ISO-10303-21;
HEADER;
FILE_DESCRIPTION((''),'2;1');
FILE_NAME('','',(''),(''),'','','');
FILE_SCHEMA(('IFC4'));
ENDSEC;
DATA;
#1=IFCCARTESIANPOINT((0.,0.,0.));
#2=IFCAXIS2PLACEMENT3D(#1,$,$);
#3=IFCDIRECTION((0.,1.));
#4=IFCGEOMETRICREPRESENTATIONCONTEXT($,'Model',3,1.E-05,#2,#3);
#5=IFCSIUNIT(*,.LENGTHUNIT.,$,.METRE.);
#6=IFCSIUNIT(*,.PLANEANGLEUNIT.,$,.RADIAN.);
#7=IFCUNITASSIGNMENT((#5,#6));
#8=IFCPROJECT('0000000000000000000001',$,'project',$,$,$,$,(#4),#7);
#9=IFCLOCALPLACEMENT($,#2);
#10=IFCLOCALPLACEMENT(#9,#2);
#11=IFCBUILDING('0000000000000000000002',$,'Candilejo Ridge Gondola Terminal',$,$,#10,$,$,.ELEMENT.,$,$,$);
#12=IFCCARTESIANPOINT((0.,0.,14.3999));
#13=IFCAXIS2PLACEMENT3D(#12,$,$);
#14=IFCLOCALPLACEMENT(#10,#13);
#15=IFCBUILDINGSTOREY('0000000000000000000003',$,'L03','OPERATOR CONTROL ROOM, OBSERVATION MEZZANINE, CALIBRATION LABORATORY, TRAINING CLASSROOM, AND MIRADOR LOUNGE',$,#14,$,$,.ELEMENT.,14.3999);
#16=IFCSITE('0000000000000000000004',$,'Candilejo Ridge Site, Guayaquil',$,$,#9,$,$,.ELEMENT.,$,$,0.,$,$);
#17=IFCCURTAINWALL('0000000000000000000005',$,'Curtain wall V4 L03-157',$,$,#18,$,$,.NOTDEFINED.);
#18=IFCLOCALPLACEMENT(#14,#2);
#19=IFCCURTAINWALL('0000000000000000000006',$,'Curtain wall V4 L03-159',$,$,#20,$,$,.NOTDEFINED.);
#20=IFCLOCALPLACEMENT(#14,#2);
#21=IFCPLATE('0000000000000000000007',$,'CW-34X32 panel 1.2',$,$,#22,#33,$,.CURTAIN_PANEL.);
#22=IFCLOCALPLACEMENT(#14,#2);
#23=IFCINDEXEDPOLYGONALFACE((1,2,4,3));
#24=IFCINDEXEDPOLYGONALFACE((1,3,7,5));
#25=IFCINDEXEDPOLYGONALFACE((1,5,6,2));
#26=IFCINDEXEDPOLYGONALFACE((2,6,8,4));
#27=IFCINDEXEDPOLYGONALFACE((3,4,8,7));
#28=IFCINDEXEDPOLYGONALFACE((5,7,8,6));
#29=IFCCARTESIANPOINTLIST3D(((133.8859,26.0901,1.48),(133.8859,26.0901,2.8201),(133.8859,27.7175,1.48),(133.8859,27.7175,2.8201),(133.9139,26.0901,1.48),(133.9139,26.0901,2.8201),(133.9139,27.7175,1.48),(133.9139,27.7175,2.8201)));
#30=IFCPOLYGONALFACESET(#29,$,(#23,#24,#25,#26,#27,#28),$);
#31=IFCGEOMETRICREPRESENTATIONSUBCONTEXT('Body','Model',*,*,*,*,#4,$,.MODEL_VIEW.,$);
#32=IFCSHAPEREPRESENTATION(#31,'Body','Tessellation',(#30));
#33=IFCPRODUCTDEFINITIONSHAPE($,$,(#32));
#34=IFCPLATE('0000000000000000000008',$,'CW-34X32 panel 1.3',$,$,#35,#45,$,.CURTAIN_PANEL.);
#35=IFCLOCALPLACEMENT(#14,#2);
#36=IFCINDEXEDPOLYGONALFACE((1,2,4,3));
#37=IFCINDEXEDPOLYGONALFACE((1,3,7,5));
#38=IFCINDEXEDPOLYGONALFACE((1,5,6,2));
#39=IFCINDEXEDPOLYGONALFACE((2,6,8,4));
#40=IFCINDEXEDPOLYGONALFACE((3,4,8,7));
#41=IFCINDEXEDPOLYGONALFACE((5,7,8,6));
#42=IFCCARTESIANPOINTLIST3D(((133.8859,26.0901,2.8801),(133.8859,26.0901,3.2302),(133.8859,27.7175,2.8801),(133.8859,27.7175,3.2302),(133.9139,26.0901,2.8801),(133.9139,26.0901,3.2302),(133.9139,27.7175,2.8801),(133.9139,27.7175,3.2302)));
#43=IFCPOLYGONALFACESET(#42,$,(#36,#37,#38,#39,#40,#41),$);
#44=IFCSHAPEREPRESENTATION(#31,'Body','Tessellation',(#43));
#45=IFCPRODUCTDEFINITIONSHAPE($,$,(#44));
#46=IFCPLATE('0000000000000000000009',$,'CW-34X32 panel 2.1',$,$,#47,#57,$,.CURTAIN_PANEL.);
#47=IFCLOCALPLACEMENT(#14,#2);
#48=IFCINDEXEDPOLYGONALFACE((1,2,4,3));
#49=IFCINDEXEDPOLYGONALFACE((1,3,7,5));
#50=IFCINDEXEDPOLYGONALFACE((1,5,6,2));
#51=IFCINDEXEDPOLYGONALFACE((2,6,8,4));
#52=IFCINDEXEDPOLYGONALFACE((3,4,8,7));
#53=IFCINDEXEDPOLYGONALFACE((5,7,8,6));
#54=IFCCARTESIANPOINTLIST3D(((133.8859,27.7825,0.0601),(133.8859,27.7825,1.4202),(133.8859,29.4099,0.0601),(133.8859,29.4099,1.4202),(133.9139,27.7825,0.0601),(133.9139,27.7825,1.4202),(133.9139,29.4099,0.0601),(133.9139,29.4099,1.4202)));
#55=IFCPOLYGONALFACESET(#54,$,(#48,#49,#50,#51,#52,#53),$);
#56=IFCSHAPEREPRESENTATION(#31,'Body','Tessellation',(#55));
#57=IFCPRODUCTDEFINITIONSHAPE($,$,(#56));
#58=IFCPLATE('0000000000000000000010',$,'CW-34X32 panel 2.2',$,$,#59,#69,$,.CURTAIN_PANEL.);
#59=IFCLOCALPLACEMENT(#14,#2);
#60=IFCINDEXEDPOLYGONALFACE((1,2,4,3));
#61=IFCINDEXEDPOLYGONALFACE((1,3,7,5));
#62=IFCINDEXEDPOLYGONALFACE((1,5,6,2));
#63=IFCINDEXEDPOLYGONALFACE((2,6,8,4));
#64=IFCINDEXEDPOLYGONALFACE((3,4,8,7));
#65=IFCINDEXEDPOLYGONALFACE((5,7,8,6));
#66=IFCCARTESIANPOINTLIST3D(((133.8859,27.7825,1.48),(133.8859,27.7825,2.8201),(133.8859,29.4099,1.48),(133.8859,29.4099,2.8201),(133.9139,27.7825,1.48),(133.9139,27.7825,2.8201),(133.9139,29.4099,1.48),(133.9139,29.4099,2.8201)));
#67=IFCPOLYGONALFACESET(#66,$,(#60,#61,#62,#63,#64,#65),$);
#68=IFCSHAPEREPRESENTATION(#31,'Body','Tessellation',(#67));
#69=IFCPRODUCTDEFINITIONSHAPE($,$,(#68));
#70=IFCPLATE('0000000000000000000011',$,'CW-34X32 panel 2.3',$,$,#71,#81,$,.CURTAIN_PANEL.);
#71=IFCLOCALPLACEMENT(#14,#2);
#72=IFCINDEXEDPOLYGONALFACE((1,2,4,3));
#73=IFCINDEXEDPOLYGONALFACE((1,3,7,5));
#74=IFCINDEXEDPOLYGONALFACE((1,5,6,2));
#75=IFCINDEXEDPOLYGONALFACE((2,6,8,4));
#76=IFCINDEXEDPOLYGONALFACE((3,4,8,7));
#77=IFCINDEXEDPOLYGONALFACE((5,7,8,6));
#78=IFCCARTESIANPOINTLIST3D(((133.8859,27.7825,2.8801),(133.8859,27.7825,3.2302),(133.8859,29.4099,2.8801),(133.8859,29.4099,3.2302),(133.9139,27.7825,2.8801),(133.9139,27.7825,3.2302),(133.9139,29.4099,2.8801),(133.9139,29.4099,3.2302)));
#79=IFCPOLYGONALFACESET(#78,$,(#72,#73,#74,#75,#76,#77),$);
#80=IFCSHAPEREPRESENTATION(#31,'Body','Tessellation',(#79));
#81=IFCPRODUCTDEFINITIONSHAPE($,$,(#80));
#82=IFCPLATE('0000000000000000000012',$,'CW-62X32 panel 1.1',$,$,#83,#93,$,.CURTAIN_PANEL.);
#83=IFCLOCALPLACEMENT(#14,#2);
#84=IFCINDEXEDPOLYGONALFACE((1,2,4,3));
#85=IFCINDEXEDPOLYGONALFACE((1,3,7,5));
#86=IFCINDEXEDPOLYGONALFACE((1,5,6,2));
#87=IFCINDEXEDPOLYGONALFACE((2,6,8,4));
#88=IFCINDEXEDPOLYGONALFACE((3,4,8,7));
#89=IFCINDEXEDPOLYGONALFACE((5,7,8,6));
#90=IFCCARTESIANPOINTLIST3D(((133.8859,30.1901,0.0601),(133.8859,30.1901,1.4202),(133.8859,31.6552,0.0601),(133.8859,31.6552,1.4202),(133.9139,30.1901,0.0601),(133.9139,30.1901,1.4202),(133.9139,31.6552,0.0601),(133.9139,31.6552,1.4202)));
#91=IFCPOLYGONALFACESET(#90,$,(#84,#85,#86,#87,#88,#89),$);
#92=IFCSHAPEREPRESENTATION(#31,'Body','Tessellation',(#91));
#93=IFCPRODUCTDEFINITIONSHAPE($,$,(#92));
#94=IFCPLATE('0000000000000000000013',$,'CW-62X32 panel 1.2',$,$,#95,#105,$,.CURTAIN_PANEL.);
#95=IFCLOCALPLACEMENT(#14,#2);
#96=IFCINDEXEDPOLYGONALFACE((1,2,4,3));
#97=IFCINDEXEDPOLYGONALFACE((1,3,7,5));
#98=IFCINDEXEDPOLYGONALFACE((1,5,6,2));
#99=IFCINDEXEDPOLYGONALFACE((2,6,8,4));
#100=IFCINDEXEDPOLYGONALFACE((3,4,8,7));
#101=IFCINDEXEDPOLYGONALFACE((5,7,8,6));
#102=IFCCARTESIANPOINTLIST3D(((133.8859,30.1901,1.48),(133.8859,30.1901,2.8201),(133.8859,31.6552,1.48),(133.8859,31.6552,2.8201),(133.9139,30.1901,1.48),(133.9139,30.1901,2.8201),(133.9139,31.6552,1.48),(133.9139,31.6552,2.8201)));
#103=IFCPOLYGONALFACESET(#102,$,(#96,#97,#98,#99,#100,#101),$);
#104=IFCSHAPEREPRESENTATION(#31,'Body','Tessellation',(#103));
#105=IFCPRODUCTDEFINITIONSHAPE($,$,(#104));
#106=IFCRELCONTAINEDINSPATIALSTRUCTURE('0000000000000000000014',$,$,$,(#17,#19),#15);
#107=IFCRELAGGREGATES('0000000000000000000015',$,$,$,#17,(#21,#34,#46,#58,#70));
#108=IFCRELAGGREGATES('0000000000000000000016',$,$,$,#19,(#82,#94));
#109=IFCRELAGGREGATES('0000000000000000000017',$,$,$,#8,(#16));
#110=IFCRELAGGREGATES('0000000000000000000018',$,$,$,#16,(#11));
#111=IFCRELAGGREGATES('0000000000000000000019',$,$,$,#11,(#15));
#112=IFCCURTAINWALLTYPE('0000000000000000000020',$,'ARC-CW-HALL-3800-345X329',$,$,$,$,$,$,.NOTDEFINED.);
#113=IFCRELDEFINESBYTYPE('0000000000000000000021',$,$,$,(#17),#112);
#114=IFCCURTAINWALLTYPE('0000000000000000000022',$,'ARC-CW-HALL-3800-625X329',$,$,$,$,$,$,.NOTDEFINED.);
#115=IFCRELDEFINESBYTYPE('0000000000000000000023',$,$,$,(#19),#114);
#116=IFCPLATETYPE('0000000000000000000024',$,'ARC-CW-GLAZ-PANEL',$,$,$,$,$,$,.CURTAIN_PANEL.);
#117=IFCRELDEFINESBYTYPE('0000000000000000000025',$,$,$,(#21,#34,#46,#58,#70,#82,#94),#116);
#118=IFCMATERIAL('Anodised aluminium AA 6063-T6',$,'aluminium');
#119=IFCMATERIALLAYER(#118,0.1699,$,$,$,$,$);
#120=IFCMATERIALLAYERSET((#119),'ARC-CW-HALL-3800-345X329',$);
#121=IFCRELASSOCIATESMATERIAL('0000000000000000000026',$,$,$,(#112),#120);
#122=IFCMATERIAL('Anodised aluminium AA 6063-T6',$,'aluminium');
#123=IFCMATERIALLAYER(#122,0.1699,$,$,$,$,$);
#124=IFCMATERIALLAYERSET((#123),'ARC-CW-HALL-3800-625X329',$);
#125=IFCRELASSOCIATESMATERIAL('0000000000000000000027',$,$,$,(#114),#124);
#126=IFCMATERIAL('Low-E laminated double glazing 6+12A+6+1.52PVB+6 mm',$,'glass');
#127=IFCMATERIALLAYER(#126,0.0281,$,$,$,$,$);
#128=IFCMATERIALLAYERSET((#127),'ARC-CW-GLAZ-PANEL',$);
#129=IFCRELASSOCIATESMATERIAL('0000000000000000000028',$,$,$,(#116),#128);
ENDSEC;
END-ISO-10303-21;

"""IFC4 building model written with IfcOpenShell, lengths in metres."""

from ifc_helpers import new_model, si_unit, direction, frame, origin, origin_2d, place, context, subcontext, project, spatial, rectangle, extrude, material, layer, layer_set, type_object, element, aggregate, save


model = new_model("IFC4")

# Units and contexts
model_context = context("Model", 3, precision=1e-05, world=origin(), true_north=direction((0.0, 1.0)))
body_context = subcontext(model_context, "Body", "Model", "MODEL_VIEW")
ifc_project = project(units=[si_unit("LENGTHUNIT", "METRE"), si_unit("PLANEANGLEUNIT", "RADIAN")], contexts=[model_context])

# Site, building, storey
site_placement = place(None, origin())
site = spatial("IfcSite", under=ifc_project, at=site_placement, Name="Candilejo Ridge Site, Guayaquil", CompositionType="ELEMENT", RefElevation=0.0)
building_placement = place(site_placement, origin())
building = spatial("IfcBuilding", under=site, at=building_placement, Name="Candilejo Ridge Gondola Terminal", CompositionType="ELEMENT")
storey_placement = place(building_placement, frame((0.0, 0.0, 14.3999)))
storey = spatial("IfcBuildingStorey", under=building, at=storey_placement, Name="L03", Description="OPERATOR CONTROL ROOM, OBSERVATION MEZZANINE, CALIBRATION LABORATORY, TRAINING CLASSROOM, AND MIRADOR LOUNGE", CompositionType="ELEMENT", Elevation=14.3999)

# Curtain wall
ifc_material_1 = material(Name="Anodised aluminium AA 6063-T6", Category="aluminium")
ifc_layer_1 = layer(ifc_material_1, 0.1699)
ifc_layer_set_1 = layer_set([ifc_layer_1], Name="ARC-CW-HALL-3800-345X329")
curtain_wall_type_1 = type_object("IfcCurtainWallType", Name="ARC-CW-HALL-3800-345X329", PredefinedType="NOTDEFINED", material=ifc_layer_set_1)
curtain_wall_1_placement = place(storey_placement, origin())
curtain_wall_1 = element("IfcCurtainWall", 1, at=curtain_wall_1_placement, inside=storey, type_object=curtain_wall_type_1, Name="Curtain wall V4 L03-157", PredefinedType="NOTDEFINED")

# Curtain wall
ifc_material_2 = material(Name="Anodised aluminium AA 6063-T6", Category="aluminium")
ifc_layer_2 = layer(ifc_material_2, 0.1699)
ifc_layer_set_2 = layer_set([ifc_layer_2], Name="ARC-CW-HALL-3800-625X329")
curtain_wall_type_2 = type_object("IfcCurtainWallType", Name="ARC-CW-HALL-3800-625X329", PredefinedType="NOTDEFINED", material=ifc_layer_set_2)
curtain_wall_2_placement = place(storey_placement, origin())
curtain_wall_2 = element("IfcCurtainWall", 2, at=curtain_wall_2_placement, inside=storey, type_object=curtain_wall_type_2, Name="Curtain wall V4 L03-159", PredefinedType="NOTDEFINED")

# Plates
ifc_material_3 = material(Name="Low-E laminated double glazing 6+12A+6+1.52PVB+6 mm", Category="glass")
ifc_layer_3 = layer(ifc_material_3, 0.0281)
ifc_layer_set_3 = layer_set([ifc_layer_3], Name="ARC-CW-GLAZ-PANEL")
plate_type = type_object("IfcPlateType", Name="ARC-CW-GLAZ-PANEL", PredefinedType="CURTAIN_PANEL", material=ifc_layer_set_3)
plate_1_placement = place(storey_placement, frame((133.8999, 26.9038, 1.48), z_axis=(0.0, 0.0, 1.0), x_axis=(0.0, 1.0, 0.0)))
plate_1 = element("IfcPlate", 3, at=plate_1_placement, type_object=plate_type, Name="CW-34X32 panel 1.2", PredefinedType="CURTAIN_PANEL", context=body_context, shape_type="SweptSolid", body=[
    extrude(rectangle(XDim=1.6274, YDim=0.0281, at=origin_2d()), origin(), (0.0, 0.0, 1.0), 1.3401),
])
plate_2_placement = place(storey_placement, frame((133.8999, 26.9038, 2.8801), z_axis=(0.0, 0.0, 1.0), x_axis=(0.0, 1.0, 0.0)))
plate_2 = element("IfcPlate", 4, at=plate_2_placement, type_object=plate_type, Name="CW-34X32 panel 1.3", PredefinedType="CURTAIN_PANEL", context=body_context, shape_type="SweptSolid", body=[
    extrude(rectangle(XDim=1.6274, YDim=0.0281, at=origin_2d()), origin(), (0.0, 0.0, 1.0), 0.3501),
])
plate_3_placement = place(storey_placement, frame((133.8999, 28.5962, 0.0601), z_axis=(0.0, 0.0, 1.0), x_axis=(0.0, 1.0, 0.0)))
plate_3 = element("IfcPlate", 5, at=plate_3_placement, type_object=plate_type, Name="CW-34X32 panel 2.1", PredefinedType="CURTAIN_PANEL", context=body_context, shape_type="SweptSolid", body=[
    extrude(rectangle(XDim=1.6274, YDim=0.0281, at=origin_2d()), origin(), (0.0, 0.0, 1.0), 1.3601),
])
plate_4_placement = place(storey_placement, frame((133.8999, 28.5962, 1.48), z_axis=(0.0, 0.0, 1.0), x_axis=(0.0, 1.0, 0.0)))
plate_4 = element("IfcPlate", 6, at=plate_4_placement, type_object=plate_type, Name="CW-34X32 panel 2.2", PredefinedType="CURTAIN_PANEL", context=body_context, shape_type="SweptSolid", body=[
    extrude(rectangle(XDim=1.6274, YDim=0.0281, at=origin_2d()), origin(), (0.0, 0.0, 1.0), 1.3401),
])
plate_5_placement = place(storey_placement, frame((133.8999, 28.5962, 2.8801), z_axis=(0.0, 0.0, 1.0), x_axis=(0.0, 1.0, 0.0)))
plate_5 = element("IfcPlate", 7, at=plate_5_placement, type_object=plate_type, Name="CW-34X32 panel 2.3", PredefinedType="CURTAIN_PANEL", context=body_context, shape_type="SweptSolid", body=[
    extrude(rectangle(XDim=1.6274, YDim=0.0281, at=origin_2d()), origin(), (0.0, 0.0, 1.0), 0.3501),
])
aggregate(curtain_wall_1, [plate_1, plate_2, plate_3, plate_4, plate_5])
plate_6_placement = place(storey_placement, frame((133.8999, 30.9226, 0.0601), z_axis=(0.0, 0.0, 1.0), x_axis=(0.0, 1.0, 0.0)))
plate_6 = element("IfcPlate", 8, at=plate_6_placement, type_object=plate_type, Name="CW-62X32 panel 1.1", PredefinedType="CURTAIN_PANEL", context=body_context, shape_type="SweptSolid", body=[
    extrude(rectangle(XDim=1.4651, YDim=0.0281, at=origin_2d()), origin(), (0.0, 0.0, 1.0), 1.3601),
])
plate_7_placement = place(storey_placement, frame((133.8999, 30.9226, 1.48), z_axis=(0.0, 0.0, 1.0), x_axis=(0.0, 1.0, 0.0)))
plate_7 = element("IfcPlate", 9, at=plate_7_placement, type_object=plate_type, Name="CW-62X32 panel 1.2", PredefinedType="CURTAIN_PANEL", context=body_context, shape_type="SweptSolid", body=[
    extrude(rectangle(XDim=1.4651, YDim=0.0281, at=origin_2d()), origin(), (0.0, 0.0, 1.0), 1.3401),
])
aggregate(curtain_wall_2, [plate_6, plate_7])

save(model, "model.ifc")
